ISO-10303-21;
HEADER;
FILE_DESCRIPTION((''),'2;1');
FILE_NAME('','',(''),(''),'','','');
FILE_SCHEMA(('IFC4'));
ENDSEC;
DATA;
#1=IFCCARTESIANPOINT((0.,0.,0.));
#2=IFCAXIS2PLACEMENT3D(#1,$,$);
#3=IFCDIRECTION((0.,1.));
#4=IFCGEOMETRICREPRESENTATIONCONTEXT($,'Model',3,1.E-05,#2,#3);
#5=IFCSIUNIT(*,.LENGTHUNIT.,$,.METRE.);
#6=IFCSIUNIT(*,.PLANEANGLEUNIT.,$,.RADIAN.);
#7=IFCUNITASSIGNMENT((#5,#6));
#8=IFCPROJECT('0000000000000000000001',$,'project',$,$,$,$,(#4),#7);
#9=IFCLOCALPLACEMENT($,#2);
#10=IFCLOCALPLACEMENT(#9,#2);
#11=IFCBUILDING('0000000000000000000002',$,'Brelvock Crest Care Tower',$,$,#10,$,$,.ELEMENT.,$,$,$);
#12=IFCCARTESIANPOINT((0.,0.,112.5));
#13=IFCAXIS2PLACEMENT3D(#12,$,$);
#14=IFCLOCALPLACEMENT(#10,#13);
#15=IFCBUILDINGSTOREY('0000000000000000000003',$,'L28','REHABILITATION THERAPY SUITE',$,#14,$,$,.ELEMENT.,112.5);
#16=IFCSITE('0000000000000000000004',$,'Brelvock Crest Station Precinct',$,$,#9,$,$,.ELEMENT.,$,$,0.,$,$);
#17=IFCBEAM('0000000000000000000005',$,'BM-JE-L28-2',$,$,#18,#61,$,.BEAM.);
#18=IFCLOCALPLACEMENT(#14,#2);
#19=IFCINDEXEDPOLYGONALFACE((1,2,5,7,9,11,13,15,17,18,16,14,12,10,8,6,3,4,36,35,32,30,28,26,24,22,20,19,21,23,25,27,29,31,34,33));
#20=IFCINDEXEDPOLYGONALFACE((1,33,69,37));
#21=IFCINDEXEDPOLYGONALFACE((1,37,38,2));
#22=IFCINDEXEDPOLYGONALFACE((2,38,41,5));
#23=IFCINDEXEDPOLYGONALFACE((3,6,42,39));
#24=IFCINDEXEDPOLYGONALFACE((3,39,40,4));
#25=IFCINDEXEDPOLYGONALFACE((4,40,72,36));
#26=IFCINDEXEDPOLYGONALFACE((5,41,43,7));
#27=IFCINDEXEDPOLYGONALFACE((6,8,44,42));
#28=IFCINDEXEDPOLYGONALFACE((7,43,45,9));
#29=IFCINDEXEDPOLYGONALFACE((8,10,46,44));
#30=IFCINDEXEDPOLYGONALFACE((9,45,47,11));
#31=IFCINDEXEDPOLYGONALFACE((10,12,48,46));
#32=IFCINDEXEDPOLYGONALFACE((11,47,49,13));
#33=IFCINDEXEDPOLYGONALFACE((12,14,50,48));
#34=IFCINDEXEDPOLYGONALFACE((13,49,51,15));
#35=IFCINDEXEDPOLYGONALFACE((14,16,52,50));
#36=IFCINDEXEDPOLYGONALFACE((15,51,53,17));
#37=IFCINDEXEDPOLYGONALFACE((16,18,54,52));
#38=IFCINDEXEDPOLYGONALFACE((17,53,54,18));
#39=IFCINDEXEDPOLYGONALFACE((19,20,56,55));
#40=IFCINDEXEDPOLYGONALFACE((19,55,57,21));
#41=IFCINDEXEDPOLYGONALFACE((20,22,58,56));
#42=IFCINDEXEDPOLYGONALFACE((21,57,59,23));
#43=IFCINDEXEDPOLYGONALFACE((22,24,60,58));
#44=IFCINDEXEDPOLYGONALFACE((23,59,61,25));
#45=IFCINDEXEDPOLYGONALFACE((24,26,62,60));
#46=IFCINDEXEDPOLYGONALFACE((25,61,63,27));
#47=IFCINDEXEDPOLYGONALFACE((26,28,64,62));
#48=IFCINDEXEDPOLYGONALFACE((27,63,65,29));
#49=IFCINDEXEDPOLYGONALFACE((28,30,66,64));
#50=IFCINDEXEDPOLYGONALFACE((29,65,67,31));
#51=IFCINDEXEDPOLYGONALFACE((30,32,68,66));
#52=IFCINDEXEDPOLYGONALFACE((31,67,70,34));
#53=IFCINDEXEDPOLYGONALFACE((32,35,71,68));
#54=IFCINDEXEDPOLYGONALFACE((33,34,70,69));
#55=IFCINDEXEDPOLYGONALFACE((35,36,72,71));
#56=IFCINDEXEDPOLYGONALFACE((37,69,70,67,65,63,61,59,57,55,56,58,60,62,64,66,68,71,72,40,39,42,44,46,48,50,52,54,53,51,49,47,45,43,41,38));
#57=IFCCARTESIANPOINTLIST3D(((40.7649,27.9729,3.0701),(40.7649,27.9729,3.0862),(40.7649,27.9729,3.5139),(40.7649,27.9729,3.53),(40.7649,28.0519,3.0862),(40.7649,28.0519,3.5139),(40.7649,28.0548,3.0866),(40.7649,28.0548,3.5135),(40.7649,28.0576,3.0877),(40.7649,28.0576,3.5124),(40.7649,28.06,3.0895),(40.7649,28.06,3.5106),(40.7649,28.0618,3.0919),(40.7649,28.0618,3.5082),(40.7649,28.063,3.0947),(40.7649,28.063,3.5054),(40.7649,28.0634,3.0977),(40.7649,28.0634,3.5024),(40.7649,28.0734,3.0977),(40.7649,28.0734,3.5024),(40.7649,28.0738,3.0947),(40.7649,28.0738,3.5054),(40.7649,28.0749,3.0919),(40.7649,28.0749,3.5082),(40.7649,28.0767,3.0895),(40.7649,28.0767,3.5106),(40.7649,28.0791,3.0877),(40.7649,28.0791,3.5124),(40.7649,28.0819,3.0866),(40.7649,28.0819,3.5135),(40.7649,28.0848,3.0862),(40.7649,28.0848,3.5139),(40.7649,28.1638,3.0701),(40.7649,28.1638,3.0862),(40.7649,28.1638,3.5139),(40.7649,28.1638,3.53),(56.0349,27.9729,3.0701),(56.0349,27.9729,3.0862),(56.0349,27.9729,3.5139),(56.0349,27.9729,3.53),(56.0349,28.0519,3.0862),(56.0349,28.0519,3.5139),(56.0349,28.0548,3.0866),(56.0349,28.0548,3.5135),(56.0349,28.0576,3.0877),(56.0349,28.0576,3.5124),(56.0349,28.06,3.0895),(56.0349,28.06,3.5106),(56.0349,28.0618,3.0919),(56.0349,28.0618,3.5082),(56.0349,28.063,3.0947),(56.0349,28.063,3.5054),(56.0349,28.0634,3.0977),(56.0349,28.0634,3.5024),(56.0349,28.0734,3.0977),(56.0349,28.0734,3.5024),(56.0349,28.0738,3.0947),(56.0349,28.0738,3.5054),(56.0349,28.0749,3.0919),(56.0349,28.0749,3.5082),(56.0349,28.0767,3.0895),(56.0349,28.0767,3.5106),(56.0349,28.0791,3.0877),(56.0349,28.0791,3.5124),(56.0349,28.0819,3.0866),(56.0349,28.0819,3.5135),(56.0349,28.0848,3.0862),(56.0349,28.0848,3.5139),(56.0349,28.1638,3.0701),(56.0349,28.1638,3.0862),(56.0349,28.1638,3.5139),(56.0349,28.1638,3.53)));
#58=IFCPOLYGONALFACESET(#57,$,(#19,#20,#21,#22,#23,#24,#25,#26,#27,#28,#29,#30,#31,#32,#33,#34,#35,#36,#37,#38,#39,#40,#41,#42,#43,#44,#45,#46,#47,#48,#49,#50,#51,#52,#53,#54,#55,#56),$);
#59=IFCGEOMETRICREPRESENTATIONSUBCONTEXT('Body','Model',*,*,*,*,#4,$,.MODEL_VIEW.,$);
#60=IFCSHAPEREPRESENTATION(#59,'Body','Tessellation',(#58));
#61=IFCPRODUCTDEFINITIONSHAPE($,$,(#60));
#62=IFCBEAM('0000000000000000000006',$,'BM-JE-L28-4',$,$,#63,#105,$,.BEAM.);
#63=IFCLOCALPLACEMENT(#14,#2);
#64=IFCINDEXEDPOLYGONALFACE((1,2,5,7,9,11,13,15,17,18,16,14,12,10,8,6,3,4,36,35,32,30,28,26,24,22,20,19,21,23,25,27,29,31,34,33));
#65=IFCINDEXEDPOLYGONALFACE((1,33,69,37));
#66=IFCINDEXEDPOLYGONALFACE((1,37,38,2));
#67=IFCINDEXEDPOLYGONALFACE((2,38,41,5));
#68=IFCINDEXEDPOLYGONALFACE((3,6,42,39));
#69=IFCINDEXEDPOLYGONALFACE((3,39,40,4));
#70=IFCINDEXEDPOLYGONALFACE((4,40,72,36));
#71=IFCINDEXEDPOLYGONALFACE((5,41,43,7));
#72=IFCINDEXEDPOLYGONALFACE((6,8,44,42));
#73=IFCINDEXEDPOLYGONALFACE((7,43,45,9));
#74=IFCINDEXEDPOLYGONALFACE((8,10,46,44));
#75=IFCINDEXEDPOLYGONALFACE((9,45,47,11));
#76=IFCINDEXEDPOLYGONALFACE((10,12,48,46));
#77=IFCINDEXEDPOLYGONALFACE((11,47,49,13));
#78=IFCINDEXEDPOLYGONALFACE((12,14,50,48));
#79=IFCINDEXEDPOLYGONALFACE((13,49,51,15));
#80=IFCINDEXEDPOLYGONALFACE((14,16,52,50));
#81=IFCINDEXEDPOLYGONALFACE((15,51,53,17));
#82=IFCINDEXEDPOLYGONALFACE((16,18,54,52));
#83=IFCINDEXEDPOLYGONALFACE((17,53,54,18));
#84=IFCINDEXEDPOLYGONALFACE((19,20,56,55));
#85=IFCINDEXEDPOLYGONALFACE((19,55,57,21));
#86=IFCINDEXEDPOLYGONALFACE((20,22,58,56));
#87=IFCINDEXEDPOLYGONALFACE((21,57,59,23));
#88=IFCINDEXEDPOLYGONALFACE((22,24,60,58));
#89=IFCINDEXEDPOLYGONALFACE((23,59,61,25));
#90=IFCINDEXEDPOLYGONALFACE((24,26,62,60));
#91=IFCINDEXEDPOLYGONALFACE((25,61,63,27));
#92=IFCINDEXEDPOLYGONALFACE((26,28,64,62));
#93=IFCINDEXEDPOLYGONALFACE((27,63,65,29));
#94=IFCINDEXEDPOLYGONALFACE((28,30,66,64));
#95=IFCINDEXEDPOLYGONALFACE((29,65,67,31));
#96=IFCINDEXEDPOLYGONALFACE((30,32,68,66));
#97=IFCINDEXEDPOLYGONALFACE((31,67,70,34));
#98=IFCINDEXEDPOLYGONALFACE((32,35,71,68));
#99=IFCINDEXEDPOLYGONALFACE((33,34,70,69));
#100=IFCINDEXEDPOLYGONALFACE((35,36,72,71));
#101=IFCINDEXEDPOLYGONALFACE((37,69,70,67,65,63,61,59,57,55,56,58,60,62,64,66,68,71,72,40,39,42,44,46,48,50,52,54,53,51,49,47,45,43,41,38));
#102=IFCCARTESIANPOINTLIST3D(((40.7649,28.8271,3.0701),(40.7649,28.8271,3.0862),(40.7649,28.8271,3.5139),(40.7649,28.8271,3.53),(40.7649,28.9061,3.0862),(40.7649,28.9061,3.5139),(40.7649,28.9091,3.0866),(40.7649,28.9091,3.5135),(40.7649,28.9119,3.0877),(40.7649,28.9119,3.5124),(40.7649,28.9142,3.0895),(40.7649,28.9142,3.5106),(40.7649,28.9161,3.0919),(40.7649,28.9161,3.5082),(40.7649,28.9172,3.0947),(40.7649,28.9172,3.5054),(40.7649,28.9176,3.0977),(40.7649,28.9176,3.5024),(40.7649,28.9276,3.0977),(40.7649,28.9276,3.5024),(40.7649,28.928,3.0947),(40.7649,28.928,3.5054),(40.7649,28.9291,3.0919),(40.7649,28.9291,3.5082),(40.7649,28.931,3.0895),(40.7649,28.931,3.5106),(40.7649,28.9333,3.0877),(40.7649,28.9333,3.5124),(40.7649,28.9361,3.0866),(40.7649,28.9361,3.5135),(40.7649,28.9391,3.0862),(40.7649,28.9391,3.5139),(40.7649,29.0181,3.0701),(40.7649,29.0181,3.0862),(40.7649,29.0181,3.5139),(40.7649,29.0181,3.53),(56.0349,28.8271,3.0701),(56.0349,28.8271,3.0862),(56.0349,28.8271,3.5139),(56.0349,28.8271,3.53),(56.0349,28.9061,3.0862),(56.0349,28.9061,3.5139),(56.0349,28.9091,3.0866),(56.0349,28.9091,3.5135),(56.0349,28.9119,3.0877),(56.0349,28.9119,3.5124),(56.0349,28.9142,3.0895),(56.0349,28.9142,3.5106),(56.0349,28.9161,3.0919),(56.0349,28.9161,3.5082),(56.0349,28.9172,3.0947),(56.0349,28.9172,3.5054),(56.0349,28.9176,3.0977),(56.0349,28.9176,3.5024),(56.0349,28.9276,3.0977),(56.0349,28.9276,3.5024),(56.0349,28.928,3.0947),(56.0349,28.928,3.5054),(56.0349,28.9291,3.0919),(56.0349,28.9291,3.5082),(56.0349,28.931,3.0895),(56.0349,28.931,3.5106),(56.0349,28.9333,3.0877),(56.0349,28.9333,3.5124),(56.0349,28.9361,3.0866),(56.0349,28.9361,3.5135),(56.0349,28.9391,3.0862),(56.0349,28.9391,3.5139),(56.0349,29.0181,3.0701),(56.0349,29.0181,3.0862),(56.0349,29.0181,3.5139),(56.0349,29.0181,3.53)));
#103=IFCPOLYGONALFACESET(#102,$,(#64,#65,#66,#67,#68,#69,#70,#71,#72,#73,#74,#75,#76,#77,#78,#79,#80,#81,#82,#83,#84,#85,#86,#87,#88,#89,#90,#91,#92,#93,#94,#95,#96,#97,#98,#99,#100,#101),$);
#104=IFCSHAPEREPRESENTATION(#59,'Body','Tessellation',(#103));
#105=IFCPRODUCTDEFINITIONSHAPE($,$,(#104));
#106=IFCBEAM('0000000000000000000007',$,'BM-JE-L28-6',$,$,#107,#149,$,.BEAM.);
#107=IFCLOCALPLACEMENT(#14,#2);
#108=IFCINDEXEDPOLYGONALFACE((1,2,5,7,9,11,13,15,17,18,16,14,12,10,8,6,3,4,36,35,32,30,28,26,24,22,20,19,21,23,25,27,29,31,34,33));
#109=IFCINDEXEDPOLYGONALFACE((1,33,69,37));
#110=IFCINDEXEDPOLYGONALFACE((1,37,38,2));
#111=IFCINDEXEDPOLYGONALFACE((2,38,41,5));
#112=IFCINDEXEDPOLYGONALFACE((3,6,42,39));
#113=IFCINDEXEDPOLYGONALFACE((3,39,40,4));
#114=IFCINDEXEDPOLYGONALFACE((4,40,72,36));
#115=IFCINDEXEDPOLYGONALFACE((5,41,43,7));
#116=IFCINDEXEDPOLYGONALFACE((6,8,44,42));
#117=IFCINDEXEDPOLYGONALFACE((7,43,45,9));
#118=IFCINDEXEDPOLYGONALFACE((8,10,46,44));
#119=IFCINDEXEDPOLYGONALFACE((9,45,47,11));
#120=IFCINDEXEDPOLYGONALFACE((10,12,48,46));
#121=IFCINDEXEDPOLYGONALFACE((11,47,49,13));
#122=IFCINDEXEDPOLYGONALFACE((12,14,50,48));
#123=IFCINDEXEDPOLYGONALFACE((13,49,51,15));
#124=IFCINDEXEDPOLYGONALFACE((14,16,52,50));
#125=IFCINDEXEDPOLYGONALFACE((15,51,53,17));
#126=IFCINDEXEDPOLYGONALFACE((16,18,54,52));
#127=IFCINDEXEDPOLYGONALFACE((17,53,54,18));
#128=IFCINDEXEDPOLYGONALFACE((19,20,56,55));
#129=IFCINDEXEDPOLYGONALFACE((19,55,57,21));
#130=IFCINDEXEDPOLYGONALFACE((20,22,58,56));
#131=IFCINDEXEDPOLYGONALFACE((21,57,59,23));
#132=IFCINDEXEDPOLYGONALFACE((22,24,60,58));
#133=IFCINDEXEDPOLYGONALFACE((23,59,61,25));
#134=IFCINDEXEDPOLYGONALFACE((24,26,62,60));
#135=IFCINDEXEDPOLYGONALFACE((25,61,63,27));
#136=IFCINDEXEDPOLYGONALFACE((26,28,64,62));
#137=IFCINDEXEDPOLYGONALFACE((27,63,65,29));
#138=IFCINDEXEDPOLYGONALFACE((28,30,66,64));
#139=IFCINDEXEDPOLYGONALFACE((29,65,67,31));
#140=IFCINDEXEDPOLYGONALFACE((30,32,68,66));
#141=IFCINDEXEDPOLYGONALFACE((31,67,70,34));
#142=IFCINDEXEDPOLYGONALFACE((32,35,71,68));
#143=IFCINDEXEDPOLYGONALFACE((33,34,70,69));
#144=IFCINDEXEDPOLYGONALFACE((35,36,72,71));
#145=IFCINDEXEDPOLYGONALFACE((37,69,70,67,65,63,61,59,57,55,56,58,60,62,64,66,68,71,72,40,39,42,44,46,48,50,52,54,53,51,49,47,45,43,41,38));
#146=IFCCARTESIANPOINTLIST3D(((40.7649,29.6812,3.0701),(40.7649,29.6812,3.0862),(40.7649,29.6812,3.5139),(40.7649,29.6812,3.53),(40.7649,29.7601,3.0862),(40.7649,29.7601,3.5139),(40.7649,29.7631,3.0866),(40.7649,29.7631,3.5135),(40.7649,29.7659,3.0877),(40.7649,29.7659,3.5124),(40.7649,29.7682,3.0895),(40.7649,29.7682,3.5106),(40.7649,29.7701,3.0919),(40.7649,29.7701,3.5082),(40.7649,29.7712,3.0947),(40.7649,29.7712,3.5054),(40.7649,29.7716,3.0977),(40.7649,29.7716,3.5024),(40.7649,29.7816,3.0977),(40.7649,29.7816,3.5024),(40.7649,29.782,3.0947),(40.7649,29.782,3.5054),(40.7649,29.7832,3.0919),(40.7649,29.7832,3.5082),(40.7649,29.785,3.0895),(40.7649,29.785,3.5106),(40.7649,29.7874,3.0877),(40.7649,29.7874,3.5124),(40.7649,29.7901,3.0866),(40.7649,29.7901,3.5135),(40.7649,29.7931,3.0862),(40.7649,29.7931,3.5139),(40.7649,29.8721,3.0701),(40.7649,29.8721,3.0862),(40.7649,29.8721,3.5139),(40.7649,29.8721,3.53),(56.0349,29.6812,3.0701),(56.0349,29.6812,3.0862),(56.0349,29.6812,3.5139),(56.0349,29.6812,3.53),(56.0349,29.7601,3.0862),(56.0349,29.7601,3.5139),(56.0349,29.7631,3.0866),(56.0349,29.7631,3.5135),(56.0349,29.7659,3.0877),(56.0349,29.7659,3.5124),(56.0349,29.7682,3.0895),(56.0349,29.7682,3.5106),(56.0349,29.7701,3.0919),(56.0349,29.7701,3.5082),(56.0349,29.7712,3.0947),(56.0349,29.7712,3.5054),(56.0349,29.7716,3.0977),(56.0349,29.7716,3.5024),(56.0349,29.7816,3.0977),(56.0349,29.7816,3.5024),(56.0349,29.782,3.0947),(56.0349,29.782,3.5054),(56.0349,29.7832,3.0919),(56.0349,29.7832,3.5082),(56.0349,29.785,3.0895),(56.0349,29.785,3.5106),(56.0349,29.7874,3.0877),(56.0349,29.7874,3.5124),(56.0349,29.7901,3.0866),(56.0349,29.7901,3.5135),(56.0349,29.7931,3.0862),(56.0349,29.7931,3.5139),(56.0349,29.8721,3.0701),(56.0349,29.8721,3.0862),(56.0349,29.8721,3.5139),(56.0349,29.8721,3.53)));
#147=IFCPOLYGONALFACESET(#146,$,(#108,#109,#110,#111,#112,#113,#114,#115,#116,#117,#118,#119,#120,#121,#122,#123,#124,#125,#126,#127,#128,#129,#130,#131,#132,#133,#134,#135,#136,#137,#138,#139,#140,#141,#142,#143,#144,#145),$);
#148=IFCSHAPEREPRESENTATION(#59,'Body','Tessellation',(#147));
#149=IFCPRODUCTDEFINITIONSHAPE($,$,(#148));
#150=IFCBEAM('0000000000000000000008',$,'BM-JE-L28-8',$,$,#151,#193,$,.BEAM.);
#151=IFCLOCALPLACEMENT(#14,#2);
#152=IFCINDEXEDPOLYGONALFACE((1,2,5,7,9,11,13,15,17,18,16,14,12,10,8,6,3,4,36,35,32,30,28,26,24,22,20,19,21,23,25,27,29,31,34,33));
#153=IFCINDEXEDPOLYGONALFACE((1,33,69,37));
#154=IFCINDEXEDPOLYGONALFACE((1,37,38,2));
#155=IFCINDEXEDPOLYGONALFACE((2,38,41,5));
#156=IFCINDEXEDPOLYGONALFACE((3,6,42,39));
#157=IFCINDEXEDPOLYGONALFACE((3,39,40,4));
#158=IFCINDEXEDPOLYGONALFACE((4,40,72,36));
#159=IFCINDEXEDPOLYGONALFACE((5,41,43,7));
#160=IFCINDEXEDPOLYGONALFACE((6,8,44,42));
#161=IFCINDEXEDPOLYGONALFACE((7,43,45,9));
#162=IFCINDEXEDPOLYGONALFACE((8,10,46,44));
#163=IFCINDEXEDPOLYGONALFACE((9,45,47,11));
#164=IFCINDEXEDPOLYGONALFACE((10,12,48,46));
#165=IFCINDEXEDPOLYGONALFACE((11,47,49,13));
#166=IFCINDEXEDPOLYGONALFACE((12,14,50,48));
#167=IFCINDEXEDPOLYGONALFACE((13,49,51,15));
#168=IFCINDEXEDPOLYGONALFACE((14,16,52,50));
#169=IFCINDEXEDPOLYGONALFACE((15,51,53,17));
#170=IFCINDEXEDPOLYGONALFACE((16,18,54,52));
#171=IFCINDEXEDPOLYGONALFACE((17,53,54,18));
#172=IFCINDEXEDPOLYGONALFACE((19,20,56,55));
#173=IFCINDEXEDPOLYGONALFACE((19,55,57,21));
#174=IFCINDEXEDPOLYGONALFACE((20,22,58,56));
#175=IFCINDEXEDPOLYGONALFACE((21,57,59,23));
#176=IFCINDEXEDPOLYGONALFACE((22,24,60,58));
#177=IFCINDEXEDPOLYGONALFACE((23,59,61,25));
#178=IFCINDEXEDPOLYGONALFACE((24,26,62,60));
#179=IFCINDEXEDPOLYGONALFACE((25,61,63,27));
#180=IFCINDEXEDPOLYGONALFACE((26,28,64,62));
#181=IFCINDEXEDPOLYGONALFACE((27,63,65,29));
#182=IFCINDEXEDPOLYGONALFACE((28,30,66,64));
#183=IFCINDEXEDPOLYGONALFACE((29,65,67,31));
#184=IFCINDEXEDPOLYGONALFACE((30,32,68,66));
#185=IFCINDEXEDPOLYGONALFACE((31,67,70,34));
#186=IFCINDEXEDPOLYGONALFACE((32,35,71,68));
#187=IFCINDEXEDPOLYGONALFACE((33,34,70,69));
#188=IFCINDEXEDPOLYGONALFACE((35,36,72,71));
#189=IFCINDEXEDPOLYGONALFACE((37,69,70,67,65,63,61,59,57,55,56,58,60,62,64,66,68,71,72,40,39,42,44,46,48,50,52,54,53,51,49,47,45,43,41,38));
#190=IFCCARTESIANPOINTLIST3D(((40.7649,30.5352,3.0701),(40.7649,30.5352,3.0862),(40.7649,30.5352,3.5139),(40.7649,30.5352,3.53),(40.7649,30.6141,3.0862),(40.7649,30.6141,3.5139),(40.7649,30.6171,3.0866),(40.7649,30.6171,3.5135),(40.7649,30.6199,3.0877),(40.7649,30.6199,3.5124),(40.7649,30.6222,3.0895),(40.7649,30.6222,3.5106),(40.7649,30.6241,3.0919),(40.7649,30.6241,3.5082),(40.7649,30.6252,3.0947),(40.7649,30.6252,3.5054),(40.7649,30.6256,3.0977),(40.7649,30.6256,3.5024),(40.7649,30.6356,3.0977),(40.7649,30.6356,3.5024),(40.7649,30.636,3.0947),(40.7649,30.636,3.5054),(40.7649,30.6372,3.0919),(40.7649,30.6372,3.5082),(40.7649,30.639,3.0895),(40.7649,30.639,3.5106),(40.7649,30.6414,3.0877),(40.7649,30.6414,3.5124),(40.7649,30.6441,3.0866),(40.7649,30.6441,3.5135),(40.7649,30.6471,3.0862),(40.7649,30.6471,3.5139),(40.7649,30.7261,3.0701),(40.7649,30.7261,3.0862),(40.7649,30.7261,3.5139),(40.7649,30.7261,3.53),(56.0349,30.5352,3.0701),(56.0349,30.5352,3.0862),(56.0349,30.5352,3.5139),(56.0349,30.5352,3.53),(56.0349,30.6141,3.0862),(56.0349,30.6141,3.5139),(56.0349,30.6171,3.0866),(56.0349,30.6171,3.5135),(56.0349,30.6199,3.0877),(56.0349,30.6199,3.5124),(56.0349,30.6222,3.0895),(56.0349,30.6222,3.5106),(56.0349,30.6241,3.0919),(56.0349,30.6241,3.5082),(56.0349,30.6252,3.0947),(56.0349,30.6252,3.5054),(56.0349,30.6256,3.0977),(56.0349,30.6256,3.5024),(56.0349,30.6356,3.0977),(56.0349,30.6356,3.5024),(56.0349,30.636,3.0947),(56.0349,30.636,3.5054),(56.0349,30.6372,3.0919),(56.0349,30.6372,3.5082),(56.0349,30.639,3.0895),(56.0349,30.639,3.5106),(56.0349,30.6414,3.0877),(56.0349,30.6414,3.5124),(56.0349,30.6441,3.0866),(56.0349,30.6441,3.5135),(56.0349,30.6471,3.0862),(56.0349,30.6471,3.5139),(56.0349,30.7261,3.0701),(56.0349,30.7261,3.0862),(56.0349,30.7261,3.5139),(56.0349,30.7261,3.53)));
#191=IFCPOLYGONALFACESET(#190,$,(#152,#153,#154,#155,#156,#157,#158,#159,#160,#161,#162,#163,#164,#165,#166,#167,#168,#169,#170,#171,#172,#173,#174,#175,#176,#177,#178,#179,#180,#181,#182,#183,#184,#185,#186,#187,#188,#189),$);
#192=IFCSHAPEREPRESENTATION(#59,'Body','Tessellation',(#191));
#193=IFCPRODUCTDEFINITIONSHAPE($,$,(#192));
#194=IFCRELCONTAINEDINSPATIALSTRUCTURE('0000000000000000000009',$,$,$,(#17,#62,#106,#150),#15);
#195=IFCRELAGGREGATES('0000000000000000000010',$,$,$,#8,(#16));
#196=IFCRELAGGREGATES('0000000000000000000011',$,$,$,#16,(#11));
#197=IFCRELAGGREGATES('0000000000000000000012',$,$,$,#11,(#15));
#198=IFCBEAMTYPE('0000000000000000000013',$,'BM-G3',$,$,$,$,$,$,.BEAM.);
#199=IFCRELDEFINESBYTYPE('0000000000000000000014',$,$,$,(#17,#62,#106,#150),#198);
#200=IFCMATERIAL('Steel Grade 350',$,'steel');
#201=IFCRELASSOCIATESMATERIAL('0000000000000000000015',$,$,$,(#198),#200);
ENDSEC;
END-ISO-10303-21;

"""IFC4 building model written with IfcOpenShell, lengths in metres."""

from ifc_helpers import new_model, si_unit, direction, frame, origin, origin_2d, place, context, subcontext, project, spatial, i_section, extrude, source, transform, mapped, material, material_profile, profile_set, type_object, element, save


model = new_model("IFC4")

# Units and contexts
model_context = context("Model", 3, precision=1e-05, world=origin(), true_north=direction((0.0, 1.0)))
body_context = subcontext(model_context, "Body", "Model", "MODEL_VIEW")
ifc_project = project(units=[si_unit("LENGTHUNIT", "METRE"), si_unit("PLANEANGLEUNIT", "RADIAN")], contexts=[model_context])

# Site, building, storey
site_placement = place(None, origin())
site = spatial("IfcSite", under=ifc_project, at=site_placement, Name="Brelvock Crest Station Precinct", CompositionType="ELEMENT", RefElevation=0.0)
building_placement = place(site_placement, origin())
building = spatial("IfcBuilding", under=site, at=building_placement, Name="Brelvock Crest Care Tower", CompositionType="ELEMENT")
storey_placement = place(building_placement, frame((0.0, 0.0, 112.5)))
storey = spatial("IfcBuildingStorey", under=building, at=storey_placement, Name="L28", Description="REHABILITATION THERAPY SUITE", CompositionType="ELEMENT", Elevation=112.5)

# Shared definitions
ifc_material_1 = material(Name="Steel Grade 350", Category="steel")

# Beams
ifc_material_profile_1 = material_profile(ifc_material_1, i_section(OverallWidth=0.1909, OverallDepth=0.46, WebThickness=0.01, FlangeThickness=0.0161, FilletRadius=0.0115, at=origin_2d()), Name="460UB82.1")
ifc_profile_set_1 = profile_set([ifc_material_profile_1], Name="Steel Grade 350")
beam_type_1 = type_object("IfcBeamType", Name="BM-G3", PredefinedType="BEAM", material=ifc_profile_set_1)
shared_shape_1 = source(origin(), body_context, "Body", "SweptSolid", [
    extrude(i_section(OverallWidth=0.1909, OverallDepth=0.46, WebThickness=0.01, FlangeThickness=0.0161, FilletRadius=0.0115, at=origin_2d()), origin(), (0.0, 0.0, 1.0), 15.27),
])
for number, where, z_axis, x_axis, name in (
    (1, (40.7649, 28.0684, 3.3), (1.0, 0.0, 0.0), (0.0, 1.0, 0.0), "BM-JE-L28-2"),
    (2, (40.7649, 28.9226, 3.3), (1.0, 0.0, 0.0), (0.0, 1.0, 0.0), "BM-JE-L28-4"),
    (3, (40.7649, 29.7766, 3.3), (1.0, 0.0, 0.0), (0.0, 1.0, 0.0), "BM-JE-L28-6"),
    (4, (40.7649, 30.6306, 3.3), (1.0, 0.0, 0.0), (0.0, 1.0, 0.0), "BM-JE-L28-8"),
):
    element("IfcBeam", number, at=place(storey_placement, frame(where, z_axis=z_axis, x_axis=x_axis)), inside=storey, type_object=beam_type_1, Name=name, PredefinedType="BEAM", context=body_context, shape_type="MappedRepresentation", body=[
        mapped(shared_shape_1, transform((0.0, 0.0, 0.0), x_axis=(1.0, 0.0, 0.0), y_axis=(0.0, 1.0, 0.0), z_axis=(0.0, 0.0, 1.0), scale=1.0)),
    ])

save(model, "model.ifc")
